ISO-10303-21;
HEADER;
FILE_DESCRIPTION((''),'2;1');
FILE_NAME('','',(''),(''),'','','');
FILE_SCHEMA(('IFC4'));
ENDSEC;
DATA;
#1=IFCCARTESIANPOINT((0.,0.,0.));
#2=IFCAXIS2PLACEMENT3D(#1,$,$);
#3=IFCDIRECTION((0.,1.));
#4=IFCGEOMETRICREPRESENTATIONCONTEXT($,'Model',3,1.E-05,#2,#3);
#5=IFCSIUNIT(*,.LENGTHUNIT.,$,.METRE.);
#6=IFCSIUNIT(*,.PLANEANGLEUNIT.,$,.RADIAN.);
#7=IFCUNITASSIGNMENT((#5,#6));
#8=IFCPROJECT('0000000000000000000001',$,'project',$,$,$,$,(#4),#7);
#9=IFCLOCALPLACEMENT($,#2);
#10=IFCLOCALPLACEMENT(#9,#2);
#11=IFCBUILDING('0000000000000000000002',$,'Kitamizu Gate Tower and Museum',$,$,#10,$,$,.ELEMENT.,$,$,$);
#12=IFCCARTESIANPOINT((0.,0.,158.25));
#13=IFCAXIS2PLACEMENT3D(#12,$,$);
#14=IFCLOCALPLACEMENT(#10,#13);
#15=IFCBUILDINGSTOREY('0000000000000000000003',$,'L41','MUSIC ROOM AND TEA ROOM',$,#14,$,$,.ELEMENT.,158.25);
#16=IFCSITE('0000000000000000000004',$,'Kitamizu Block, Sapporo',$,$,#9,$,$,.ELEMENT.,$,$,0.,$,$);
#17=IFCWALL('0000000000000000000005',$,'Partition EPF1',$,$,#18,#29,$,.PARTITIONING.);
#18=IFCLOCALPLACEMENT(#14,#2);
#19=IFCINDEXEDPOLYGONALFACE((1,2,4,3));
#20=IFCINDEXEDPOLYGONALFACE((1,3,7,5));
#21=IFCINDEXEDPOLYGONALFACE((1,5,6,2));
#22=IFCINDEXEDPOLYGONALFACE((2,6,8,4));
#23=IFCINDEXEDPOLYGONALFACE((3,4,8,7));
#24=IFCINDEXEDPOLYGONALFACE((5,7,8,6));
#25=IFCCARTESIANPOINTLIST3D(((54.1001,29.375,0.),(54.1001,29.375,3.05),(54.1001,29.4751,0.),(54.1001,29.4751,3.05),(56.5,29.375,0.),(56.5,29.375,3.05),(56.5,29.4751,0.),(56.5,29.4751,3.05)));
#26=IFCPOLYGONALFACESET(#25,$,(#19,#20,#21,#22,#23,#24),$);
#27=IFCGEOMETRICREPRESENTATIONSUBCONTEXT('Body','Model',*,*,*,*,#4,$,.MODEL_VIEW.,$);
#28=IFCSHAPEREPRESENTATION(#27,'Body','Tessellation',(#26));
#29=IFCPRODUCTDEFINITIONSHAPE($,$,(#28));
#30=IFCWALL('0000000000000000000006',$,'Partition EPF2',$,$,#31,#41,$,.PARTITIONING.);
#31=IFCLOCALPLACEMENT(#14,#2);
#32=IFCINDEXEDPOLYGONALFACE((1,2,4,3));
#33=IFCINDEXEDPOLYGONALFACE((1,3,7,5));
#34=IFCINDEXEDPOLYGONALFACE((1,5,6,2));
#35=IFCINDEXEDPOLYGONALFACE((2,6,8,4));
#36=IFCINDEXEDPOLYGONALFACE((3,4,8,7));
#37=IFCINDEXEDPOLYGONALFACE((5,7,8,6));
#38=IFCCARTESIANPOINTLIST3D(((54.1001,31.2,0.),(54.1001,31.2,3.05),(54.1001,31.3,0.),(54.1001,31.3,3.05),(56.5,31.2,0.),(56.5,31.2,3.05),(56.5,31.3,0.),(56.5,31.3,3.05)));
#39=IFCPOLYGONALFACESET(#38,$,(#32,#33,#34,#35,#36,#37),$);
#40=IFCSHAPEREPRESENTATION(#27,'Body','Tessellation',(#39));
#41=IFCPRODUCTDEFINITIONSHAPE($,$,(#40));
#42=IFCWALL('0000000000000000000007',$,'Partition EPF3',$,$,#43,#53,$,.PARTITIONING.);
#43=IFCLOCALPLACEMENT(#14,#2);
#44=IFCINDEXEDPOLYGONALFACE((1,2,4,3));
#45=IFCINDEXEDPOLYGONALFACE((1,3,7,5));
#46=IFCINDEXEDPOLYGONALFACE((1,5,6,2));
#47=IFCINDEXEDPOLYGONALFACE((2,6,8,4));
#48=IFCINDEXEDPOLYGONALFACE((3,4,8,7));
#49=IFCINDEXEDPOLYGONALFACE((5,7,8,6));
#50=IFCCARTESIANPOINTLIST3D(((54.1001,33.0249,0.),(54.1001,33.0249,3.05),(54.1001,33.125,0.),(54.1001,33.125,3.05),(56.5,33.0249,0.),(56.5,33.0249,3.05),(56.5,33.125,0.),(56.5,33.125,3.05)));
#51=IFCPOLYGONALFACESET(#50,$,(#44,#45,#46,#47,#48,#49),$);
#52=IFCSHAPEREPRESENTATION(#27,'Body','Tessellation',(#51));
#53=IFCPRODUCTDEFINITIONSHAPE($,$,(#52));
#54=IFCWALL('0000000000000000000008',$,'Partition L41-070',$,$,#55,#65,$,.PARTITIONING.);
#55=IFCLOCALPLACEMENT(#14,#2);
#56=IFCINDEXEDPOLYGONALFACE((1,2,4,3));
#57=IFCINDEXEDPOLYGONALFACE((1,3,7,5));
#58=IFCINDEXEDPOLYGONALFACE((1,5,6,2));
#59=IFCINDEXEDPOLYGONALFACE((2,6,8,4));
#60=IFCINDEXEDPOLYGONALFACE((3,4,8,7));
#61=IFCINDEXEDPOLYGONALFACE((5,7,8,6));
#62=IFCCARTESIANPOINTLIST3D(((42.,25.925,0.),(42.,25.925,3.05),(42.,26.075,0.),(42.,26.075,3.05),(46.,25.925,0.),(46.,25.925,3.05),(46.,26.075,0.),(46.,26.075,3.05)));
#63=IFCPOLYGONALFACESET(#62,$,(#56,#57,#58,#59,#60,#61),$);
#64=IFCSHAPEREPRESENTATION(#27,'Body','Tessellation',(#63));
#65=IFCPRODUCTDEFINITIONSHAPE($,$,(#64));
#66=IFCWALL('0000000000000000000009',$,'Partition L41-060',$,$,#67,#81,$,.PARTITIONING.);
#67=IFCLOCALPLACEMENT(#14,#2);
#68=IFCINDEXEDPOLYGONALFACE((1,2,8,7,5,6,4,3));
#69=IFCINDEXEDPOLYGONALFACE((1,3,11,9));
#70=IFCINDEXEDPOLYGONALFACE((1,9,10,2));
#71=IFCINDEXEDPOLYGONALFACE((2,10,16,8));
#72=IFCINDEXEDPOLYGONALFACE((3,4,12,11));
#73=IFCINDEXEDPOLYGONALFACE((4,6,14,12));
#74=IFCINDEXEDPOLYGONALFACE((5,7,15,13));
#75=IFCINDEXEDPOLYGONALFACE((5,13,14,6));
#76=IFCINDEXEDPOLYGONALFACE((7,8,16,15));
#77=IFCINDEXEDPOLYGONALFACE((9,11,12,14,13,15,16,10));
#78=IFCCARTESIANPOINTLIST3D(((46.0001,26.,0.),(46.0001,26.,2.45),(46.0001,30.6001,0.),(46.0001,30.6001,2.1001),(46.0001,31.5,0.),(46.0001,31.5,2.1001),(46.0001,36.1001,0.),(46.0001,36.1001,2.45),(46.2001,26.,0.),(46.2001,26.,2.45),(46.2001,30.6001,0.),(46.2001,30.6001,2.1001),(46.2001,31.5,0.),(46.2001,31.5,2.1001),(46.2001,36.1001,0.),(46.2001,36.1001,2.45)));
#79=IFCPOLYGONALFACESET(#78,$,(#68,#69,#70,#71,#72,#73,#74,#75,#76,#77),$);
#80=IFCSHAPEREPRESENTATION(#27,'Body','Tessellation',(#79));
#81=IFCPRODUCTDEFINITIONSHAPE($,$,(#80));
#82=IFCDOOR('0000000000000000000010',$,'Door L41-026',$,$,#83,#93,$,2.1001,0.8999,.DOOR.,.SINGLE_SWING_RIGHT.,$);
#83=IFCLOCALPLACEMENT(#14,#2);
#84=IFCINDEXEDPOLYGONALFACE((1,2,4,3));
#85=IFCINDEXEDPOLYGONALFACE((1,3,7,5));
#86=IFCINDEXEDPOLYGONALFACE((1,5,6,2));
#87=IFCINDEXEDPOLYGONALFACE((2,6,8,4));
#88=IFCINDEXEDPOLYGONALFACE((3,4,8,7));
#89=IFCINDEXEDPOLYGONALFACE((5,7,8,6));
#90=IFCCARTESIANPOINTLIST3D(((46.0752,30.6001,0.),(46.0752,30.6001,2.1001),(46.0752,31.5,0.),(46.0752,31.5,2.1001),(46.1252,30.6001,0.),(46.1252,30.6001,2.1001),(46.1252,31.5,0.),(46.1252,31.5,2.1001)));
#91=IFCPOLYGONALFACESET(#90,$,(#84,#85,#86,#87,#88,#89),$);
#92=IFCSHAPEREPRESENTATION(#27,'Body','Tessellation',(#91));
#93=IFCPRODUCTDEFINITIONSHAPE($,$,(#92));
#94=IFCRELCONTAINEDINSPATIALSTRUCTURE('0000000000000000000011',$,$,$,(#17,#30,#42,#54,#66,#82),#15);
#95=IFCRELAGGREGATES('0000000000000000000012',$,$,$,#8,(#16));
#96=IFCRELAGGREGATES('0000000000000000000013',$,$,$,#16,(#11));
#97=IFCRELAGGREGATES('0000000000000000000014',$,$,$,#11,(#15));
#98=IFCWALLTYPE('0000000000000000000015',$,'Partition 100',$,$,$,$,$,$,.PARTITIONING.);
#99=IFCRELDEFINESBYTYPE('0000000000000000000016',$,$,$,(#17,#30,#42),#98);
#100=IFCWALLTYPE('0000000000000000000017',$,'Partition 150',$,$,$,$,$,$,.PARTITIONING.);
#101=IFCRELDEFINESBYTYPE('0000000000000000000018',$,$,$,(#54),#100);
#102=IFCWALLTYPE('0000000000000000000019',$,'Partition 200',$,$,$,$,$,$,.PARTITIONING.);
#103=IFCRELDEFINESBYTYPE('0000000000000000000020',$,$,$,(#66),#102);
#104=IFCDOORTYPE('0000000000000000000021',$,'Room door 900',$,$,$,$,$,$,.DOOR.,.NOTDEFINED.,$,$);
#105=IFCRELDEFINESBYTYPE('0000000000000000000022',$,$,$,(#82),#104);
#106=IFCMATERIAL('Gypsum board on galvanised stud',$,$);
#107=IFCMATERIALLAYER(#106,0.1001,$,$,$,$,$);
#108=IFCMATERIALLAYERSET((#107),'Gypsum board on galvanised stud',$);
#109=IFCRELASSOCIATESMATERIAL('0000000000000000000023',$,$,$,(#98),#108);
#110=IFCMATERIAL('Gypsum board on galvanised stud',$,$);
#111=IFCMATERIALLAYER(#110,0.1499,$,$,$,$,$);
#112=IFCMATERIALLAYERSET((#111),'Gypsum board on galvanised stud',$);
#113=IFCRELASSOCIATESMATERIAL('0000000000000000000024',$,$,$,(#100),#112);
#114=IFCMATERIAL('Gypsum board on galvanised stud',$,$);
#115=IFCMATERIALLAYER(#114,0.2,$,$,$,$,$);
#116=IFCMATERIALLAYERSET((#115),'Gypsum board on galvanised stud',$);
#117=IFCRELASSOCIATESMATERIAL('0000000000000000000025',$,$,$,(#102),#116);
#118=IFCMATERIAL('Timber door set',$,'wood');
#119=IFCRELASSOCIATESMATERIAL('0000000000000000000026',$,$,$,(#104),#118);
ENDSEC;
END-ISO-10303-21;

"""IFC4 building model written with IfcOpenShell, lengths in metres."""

from ifc_helpers import new_model, si_unit, direction, frame, frame_2d, origin, place, context, subcontext, project, spatial, rectangle, extrude, material, layer, layer_set, type_object, element, fill, save


model = new_model("IFC4")

# Units and contexts
model_context = context("Model", 3, precision=1e-05, world=origin(), true_north=direction((0.0, 1.0)))
body_context = subcontext(model_context, "Body", "Model", "MODEL_VIEW")
ifc_project = project(units=[si_unit("LENGTHUNIT", "METRE"), si_unit("PLANEANGLEUNIT", "RADIAN")], contexts=[model_context])

# Site, building, storey
site_placement = place(None, origin())
site = spatial("IfcSite", under=ifc_project, at=site_placement, Name="Kitamizu Block, Sapporo", CompositionType="ELEMENT", RefElevation=0.0)
building_placement = place(site_placement, origin())
building = spatial("IfcBuilding", under=site, at=building_placement, Name="Kitamizu Gate Tower and Museum", CompositionType="ELEMENT")
storey_placement = place(building_placement, frame((0.0, 0.0, 158.25)))
storey = spatial("IfcBuildingStorey", under=building, at=storey_placement, Name="L41", Description="MUSIC ROOM AND TEA ROOM", CompositionType="ELEMENT", Elevation=158.25)

# Walls
ifc_material_1 = material(Name="Gypsum board on galvanised stud")
ifc_layer_1 = layer(ifc_material_1, 0.1001)
ifc_layer_set_1 = layer_set([ifc_layer_1], Name="Gypsum board on galvanised stud")
wall_type_1 = type_object("IfcWallType", Name="Partition 100", PredefinedType="PARTITIONING", material=ifc_layer_set_1)
for number, where, z_axis, x_axis, name in (
    (1, (56.5, 29.425, 0.0), (0.0, 0.0, 1.0), (-1.0, 0.0, 0.0), "Partition EPF1"),
    (2, (56.5, 31.25, 0.0), (0.0, 0.0, 1.0), (-1.0, 0.0, 0.0), "Partition EPF2"),
    (3, (56.5, 33.075, 0.0), (0.0, 0.0, 1.0), (-1.0, 0.0, 0.0), "Partition EPF3"),
):
    element("IfcWall", number, at=place(storey_placement, frame(where, z_axis=z_axis, x_axis=x_axis)), inside=storey, type_object=wall_type_1, Name=name, PredefinedType="PARTITIONING", context=body_context, shape_type="SweptSolid", body=[
        extrude(rectangle(XDim=2.3999, YDim=0.1001, at=frame_2d((1.2, 0.0))), origin(), (0.0, 0.0, 1.0), 3.05),
    ])
ifc_material_2 = material(Name="Gypsum board on galvanised stud")
ifc_layer_2 = layer(ifc_material_2, 0.1499)
ifc_layer_set_2 = layer_set([ifc_layer_2], Name="Gypsum board on galvanised stud")
wall_type_2 = type_object("IfcWallType", Name="Partition 150", PredefinedType="PARTITIONING", material=ifc_layer_set_2)
wall_1_placement = place(storey_placement, frame((46.0, 26.0, 0.0), z_axis=(0.0, 0.0, 1.0), x_axis=(-1.0, 0.0, 0.0)))
element("IfcWall", 4, at=wall_1_placement, inside=storey, type_object=wall_type_2, Name="Partition L41-070", PredefinedType="PARTITIONING", context=body_context, shape_type="SweptSolid", body=[
    extrude(rectangle(XDim=4.0, YDim=0.1499, at=frame_2d((2.0, 0.0))), origin(), (0.0, 0.0, 1.0), 3.05),
])

# Wall, opening, door
ifc_material_3 = material(Name="Gypsum board on galvanised stud")
ifc_layer_3 = layer(ifc_material_3, 0.2)
ifc_layer_set_3 = layer_set([ifc_layer_3], Name="Gypsum board on galvanised stud")
wall_type_3 = type_object("IfcWallType", Name="Partition 200", PredefinedType="PARTITIONING", material=ifc_layer_set_3)
wall_2_placement = place(storey_placement, frame((46.1001, 26.0, 0.0), z_axis=(0.0, 0.0, 1.0), x_axis=(0.0, 1.0, 0.0)))
wall_2 = element("IfcWall", 5, at=wall_2_placement, inside=storey, type_object=wall_type_3, Name="Partition L41-060", PredefinedType="PARTITIONING", context=body_context, shape_type="SweptSolid", body=[
    extrude(rectangle(XDim=10.1001, YDim=0.2, at=frame_2d((5.05, 0.0))), origin(), (0.0, 0.0, 1.0), 2.45),
])
opening_1_placement = place(wall_2_placement, frame((4.6001, 0.0, 0.0)))
opening_1 = element("IfcOpeningElement", 6, at=opening_1_placement, cuts=wall_2, PredefinedType="OPENING", context=body_context, shape_type="SweptSolid", body=[
    extrude(rectangle(XDim=0.8999, YDim=2.1001, at=frame_2d((0.45, 1.05))), frame((0.0, 0.1099, 0.0), z_axis=(0.0, -1.0, 0.0), x_axis=(1.0, 0.0, 0.0)), (0.0, 0.0, 1.0), 0.22),
])
ifc_material_4 = material(Name="Timber door set", Category="wood")
door_type_1 = type_object("IfcDoorType", Name="Room door 900", OperationType="NOTDEFINED", PredefinedType="DOOR", material=ifc_material_4)
door_1_placement = place(opening_1_placement, origin())
door_1 = element("IfcDoor", 7, at=door_1_placement, inside=storey, type_object=door_type_1, Name="Door L41-026", OperationType="SINGLE_SWING_RIGHT", OverallHeight=2.1001, OverallWidth=0.8999, PredefinedType="DOOR", context=body_context, shape_type="SweptSolid", body=[
    extrude(rectangle(XDim=0.8999, YDim=2.1001, at=frame_2d((0.45, 1.05))), frame((0.0, 0.0249, 0.0), z_axis=(0.0, -1.0, 0.0), x_axis=(1.0, 0.0, 0.0)), (0.0, 0.0, 1.0), 0.05),
])
fill(opening_1, door_1)

save(model, "model.ifc")
